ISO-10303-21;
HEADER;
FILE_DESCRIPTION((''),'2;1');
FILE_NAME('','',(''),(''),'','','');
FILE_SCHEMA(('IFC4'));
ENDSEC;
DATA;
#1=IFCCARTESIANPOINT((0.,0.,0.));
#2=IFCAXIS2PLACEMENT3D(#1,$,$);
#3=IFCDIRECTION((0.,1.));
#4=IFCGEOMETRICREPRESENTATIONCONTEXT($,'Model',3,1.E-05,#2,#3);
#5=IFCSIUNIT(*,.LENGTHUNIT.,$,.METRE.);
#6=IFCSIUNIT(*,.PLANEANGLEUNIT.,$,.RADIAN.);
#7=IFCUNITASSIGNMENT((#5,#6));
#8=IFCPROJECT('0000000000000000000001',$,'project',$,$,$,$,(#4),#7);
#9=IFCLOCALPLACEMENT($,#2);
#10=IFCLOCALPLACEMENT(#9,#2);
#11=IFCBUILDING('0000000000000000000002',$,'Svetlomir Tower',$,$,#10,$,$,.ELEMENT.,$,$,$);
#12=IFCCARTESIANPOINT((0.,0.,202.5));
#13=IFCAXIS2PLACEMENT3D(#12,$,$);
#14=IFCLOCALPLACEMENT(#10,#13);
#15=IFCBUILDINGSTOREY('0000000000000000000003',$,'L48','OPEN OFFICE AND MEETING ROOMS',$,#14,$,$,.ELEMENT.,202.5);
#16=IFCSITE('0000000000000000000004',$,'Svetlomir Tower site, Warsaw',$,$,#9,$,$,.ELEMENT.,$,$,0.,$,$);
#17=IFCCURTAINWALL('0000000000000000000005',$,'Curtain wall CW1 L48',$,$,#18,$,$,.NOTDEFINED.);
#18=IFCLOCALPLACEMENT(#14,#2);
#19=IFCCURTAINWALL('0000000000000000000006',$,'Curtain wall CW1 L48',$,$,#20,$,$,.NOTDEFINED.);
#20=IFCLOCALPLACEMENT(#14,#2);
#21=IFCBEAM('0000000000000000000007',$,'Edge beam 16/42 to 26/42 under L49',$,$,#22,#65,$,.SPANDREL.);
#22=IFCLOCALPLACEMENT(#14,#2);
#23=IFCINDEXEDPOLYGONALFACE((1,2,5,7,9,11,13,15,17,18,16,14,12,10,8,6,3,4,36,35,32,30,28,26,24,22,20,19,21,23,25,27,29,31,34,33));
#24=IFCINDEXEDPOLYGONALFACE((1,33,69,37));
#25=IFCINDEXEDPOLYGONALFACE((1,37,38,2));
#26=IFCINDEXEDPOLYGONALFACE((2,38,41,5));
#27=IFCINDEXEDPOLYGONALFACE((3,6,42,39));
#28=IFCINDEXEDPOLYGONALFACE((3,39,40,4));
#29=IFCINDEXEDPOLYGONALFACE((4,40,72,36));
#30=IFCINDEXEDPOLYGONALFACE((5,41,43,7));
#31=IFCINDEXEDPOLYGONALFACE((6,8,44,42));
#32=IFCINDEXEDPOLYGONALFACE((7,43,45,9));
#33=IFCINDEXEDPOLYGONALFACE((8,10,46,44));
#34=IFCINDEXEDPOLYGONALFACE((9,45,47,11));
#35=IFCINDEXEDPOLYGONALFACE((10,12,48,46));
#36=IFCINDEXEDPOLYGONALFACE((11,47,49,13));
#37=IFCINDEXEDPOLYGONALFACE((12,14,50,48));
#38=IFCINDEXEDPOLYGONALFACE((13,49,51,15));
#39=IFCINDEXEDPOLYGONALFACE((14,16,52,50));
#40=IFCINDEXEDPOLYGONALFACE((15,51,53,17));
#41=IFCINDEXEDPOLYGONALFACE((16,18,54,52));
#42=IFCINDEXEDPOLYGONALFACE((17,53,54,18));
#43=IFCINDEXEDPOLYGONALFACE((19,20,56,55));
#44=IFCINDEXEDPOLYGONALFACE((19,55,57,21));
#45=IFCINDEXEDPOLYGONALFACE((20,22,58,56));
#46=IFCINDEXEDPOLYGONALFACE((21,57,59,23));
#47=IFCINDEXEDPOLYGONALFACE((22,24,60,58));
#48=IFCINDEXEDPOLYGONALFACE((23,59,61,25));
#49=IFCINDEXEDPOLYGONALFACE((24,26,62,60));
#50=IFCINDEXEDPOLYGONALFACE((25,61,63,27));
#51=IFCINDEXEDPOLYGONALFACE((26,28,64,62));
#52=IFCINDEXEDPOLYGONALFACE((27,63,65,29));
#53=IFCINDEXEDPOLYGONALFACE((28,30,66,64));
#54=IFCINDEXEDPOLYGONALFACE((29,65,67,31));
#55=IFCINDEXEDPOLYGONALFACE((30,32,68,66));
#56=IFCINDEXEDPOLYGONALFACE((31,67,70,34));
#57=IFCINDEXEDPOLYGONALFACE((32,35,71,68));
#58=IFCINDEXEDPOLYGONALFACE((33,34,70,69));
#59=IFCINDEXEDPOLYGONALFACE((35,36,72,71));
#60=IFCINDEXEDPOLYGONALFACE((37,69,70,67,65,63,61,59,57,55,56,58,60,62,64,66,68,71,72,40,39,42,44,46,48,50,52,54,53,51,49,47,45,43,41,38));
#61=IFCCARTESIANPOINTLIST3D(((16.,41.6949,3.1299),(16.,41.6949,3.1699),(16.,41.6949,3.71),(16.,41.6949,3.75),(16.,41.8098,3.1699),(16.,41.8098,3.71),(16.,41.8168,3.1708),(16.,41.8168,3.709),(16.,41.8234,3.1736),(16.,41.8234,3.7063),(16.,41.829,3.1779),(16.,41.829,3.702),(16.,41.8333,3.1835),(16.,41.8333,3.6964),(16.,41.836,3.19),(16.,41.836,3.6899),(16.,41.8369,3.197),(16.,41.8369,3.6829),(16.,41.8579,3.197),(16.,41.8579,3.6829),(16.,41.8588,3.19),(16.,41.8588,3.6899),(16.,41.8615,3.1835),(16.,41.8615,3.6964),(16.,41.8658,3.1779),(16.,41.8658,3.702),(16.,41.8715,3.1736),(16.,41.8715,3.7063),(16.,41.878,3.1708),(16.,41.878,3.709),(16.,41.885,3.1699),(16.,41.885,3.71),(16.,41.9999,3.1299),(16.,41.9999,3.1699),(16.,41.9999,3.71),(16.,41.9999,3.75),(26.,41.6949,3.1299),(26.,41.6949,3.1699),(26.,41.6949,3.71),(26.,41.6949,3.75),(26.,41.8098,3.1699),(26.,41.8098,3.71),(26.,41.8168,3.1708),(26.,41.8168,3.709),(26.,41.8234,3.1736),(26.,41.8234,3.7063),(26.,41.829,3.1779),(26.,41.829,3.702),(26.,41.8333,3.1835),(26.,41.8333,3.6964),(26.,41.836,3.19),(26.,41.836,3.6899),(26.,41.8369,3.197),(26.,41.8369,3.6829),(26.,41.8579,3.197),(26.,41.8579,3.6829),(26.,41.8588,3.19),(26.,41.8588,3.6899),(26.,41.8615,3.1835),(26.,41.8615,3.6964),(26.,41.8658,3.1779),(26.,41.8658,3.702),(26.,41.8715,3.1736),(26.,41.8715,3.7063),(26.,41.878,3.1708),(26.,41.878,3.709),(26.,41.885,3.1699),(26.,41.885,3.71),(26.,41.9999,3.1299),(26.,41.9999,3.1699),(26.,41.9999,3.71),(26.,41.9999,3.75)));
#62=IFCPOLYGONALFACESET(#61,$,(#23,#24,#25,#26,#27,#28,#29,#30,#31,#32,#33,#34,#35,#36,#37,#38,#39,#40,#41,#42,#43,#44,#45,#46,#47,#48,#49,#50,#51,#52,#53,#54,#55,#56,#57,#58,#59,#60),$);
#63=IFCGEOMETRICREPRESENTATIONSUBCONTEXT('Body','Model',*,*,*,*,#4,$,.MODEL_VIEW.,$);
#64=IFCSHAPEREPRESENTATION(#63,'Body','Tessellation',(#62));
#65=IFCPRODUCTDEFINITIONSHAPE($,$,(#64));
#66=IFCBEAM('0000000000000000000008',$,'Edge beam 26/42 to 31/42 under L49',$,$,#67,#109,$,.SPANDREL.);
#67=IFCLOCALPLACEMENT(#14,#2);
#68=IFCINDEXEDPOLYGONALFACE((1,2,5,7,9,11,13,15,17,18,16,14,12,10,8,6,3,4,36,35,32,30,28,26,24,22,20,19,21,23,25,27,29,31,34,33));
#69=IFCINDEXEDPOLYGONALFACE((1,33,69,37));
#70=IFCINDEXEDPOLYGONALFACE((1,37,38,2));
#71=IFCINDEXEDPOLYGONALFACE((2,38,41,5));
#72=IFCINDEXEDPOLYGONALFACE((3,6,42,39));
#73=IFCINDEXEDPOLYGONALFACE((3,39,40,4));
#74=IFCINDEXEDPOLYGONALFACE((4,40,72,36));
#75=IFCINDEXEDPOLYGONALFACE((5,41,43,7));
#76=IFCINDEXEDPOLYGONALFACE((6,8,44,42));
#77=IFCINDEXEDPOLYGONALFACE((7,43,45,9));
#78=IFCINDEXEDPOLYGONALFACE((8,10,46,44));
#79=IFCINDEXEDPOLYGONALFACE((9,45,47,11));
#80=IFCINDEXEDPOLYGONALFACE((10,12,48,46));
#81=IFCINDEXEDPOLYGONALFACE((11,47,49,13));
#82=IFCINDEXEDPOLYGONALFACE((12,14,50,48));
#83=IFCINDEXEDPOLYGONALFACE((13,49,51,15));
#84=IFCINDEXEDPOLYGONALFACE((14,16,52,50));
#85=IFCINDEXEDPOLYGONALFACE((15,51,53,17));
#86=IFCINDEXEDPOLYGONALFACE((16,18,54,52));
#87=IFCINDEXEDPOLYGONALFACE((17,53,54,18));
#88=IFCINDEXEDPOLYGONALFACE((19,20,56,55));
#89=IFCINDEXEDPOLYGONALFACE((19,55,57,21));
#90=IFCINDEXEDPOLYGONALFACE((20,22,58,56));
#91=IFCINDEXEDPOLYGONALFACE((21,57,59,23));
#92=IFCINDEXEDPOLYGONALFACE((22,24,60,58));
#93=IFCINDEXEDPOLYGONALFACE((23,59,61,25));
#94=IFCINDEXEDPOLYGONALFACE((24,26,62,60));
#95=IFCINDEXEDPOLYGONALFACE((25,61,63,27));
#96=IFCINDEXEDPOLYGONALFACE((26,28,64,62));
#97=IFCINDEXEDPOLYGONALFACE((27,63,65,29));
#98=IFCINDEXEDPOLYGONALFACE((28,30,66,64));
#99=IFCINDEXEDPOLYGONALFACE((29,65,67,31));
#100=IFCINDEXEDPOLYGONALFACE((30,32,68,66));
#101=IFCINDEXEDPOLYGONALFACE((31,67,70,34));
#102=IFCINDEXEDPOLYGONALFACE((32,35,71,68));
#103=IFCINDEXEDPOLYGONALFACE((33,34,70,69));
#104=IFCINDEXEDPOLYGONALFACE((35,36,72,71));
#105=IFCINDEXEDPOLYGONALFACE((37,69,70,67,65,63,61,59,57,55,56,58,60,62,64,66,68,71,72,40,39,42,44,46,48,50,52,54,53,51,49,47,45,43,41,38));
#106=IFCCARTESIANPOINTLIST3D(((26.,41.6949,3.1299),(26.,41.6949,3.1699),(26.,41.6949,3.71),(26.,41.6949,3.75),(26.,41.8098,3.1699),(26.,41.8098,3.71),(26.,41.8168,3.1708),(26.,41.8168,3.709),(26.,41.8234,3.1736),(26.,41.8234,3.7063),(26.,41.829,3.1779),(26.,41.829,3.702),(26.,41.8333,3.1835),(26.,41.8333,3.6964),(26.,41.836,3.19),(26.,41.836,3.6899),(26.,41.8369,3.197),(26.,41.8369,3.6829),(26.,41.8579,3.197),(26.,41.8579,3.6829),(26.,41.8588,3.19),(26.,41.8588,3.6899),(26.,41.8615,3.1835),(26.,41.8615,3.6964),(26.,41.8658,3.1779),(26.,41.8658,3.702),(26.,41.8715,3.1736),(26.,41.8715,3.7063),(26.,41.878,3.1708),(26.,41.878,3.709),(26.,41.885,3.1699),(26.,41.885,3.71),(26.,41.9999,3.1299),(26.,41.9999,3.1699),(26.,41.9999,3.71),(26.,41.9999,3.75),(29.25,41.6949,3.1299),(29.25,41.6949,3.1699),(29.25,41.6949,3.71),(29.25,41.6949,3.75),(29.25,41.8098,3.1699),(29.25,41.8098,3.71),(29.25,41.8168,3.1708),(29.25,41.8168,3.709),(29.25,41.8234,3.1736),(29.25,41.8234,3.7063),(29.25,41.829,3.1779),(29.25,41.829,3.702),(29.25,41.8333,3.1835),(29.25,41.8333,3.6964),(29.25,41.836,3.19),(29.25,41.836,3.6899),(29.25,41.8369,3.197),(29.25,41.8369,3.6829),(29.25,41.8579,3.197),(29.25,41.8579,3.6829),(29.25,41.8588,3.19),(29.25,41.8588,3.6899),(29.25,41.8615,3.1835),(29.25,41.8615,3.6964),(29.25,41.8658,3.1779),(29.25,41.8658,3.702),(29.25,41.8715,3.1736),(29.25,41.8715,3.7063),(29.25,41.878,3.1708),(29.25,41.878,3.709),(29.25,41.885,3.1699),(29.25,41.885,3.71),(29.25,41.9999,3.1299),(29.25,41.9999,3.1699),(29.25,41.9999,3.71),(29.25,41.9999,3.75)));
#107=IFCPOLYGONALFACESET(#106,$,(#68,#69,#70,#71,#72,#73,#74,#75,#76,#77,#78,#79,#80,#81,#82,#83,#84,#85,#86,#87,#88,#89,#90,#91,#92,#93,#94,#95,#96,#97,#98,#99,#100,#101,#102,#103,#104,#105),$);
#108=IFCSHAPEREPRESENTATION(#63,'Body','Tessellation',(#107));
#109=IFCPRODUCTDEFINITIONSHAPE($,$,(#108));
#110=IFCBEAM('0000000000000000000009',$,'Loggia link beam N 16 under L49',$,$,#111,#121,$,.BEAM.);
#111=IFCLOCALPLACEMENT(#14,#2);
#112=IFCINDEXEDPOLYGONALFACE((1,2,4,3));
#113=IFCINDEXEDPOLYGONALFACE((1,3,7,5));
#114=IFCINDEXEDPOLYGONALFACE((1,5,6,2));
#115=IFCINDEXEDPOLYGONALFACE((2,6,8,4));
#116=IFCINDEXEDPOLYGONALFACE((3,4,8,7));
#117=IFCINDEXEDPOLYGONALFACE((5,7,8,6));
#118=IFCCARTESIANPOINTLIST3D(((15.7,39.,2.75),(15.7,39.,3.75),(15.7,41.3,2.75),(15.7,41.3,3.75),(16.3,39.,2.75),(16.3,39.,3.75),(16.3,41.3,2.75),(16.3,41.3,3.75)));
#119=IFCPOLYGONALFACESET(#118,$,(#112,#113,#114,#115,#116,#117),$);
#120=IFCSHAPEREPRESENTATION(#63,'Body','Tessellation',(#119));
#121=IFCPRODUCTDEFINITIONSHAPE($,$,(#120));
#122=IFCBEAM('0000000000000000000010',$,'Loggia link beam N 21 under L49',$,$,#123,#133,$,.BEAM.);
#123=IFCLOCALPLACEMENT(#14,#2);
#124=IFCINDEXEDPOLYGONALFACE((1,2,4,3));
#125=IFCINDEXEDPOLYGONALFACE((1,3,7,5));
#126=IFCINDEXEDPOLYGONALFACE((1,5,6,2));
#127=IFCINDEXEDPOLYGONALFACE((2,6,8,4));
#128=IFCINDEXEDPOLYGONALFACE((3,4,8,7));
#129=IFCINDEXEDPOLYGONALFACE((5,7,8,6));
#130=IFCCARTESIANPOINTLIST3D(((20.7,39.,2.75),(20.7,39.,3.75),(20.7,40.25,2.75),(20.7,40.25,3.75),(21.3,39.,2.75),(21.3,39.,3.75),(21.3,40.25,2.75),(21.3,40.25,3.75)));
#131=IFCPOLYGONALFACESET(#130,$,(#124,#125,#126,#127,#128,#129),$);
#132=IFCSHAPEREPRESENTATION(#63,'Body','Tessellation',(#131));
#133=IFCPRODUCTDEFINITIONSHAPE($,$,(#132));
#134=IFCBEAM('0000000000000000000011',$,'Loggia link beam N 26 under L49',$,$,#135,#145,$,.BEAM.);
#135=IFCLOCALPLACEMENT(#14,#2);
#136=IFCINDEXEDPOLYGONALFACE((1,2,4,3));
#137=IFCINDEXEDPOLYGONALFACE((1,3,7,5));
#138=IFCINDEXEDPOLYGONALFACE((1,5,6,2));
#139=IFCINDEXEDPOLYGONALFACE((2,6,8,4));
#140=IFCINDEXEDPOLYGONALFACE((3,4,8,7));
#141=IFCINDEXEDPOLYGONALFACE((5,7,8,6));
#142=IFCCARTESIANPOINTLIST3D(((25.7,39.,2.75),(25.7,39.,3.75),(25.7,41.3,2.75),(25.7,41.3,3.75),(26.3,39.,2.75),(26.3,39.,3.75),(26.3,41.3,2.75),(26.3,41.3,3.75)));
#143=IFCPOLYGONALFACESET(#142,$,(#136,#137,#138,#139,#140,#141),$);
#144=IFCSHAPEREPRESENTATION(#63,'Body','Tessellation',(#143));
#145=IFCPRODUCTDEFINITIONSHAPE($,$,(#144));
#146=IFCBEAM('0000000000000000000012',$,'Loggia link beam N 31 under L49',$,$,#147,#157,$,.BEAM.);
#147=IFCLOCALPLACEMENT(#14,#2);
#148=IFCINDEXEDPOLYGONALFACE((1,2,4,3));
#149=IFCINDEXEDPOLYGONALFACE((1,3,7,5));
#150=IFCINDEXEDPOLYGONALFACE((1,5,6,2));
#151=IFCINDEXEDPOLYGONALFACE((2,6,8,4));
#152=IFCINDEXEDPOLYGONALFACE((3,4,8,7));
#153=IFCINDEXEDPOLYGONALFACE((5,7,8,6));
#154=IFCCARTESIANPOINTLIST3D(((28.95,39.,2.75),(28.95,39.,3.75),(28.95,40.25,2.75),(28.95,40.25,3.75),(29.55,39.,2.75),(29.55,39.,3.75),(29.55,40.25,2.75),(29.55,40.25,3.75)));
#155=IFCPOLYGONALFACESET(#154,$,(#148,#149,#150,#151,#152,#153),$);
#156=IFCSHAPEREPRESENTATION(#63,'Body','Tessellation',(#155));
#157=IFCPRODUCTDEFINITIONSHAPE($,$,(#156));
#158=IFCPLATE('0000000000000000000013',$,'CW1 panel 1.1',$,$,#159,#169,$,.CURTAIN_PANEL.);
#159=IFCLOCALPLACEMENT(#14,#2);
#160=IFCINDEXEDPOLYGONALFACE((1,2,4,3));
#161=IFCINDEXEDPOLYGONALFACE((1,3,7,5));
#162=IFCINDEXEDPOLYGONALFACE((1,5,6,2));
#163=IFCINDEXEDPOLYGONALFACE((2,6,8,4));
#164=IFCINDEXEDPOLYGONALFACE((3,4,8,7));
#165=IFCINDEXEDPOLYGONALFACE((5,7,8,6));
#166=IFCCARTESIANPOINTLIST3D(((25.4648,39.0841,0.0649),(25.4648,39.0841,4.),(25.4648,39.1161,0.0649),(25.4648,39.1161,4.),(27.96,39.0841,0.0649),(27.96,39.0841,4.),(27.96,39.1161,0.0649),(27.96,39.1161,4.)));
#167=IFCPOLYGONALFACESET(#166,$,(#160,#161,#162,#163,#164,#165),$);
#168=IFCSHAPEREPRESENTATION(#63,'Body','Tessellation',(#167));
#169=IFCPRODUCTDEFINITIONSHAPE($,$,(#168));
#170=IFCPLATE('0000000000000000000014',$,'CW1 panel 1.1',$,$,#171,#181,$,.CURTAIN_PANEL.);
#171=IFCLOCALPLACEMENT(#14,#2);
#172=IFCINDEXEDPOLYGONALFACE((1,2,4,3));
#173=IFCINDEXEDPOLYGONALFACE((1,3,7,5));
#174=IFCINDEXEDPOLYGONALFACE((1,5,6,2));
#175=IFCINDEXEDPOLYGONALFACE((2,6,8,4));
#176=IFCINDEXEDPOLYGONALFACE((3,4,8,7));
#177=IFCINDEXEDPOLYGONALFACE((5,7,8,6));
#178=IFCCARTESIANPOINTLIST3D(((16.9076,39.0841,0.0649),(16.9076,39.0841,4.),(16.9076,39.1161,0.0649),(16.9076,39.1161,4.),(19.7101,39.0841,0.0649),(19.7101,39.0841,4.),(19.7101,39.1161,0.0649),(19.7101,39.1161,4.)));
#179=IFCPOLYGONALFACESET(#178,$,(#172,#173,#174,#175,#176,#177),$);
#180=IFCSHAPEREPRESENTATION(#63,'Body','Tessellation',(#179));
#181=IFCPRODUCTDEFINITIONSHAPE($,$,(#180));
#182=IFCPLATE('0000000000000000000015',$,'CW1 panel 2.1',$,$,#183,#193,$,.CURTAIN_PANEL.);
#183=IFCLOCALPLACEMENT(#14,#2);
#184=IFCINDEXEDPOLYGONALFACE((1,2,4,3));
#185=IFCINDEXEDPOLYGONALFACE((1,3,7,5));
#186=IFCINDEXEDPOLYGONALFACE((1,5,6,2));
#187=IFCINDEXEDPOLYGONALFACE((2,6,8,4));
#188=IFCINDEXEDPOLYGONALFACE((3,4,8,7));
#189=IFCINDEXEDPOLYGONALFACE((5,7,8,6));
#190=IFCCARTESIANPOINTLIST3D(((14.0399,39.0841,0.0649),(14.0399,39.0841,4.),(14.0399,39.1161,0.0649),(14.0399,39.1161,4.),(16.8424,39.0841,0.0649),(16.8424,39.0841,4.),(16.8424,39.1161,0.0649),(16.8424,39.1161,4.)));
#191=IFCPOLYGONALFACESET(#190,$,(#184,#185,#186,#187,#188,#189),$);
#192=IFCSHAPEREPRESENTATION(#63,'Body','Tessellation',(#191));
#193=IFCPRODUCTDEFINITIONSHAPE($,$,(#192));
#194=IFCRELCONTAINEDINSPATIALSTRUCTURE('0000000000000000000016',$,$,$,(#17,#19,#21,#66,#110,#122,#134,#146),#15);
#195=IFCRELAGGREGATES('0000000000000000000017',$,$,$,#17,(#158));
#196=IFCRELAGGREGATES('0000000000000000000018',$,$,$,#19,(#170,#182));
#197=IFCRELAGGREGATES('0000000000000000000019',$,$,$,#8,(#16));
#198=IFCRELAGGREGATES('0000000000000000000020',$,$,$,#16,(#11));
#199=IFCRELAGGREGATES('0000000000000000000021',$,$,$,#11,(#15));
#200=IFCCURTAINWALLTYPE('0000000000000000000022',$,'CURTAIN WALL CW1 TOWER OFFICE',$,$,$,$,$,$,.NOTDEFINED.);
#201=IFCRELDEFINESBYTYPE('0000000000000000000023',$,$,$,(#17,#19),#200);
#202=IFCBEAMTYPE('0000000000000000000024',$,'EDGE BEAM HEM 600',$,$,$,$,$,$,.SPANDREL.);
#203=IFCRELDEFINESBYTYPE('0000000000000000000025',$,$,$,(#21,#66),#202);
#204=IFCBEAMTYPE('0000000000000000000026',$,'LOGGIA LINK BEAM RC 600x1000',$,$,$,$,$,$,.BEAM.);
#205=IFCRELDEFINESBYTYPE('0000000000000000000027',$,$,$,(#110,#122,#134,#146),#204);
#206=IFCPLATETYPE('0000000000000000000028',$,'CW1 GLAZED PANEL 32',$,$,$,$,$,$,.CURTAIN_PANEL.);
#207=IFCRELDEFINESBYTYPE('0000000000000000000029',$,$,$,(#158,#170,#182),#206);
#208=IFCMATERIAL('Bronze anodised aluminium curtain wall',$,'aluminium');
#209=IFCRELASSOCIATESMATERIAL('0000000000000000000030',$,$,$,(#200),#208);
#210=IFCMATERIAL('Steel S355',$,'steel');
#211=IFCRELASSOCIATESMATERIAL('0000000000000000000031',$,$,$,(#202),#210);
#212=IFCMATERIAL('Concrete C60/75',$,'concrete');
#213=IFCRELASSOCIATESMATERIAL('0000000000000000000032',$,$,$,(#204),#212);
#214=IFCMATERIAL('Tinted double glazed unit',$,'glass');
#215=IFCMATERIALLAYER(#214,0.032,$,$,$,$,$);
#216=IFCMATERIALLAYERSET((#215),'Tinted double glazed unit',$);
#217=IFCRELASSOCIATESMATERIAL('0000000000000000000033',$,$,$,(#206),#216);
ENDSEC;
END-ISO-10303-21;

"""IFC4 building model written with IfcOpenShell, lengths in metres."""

from ifc_helpers import new_model, si_unit, direction, frame, origin, origin_2d, place, context, subcontext, project, spatial, rectangle, i_section, extrude, material, layer, layer_set, material_profile, profile_set, type_object, element, aggregate, save


model = new_model("IFC4")

# Units and contexts
model_context = context("Model", 3, precision=1e-05, world=origin(), true_north=direction((0.0, 1.0)))
body_context = subcontext(model_context, "Body", "Model", "MODEL_VIEW")
ifc_project = project(units=[si_unit("LENGTHUNIT", "METRE"), si_unit("PLANEANGLEUNIT", "RADIAN")], contexts=[model_context])

# Site, building, storey
site_placement = place(None, origin())
site = spatial("IfcSite", under=ifc_project, at=site_placement, Name="Svetlomir Tower site, Warsaw", CompositionType="ELEMENT", RefElevation=0.0)
building_placement = place(site_placement, origin())
building = spatial("IfcBuilding", under=site, at=building_placement, Name="Svetlomir Tower", CompositionType="ELEMENT")
storey_placement = place(building_placement, frame((0.0, 0.0, 202.5)))
storey = spatial("IfcBuildingStorey", under=building, at=storey_placement, Name="L48", Description="OPEN OFFICE AND MEETING ROOMS", CompositionType="ELEMENT", Elevation=202.5)

# Shared definitions
ifc_material_1 = material(Name="Bronze anodised aluminium curtain wall", Category="aluminium")
curtain_wall_type = type_object("IfcCurtainWallType", Name="CURTAIN WALL CW1 TOWER OFFICE", PredefinedType="NOTDEFINED", material=ifc_material_1)

# Curtain walls
curtain_wall_1_placement = place(storey_placement, origin())
curtain_wall_1 = element("IfcCurtainWall", 1, at=curtain_wall_1_placement, inside=storey, type_object=curtain_wall_type, Name="Curtain wall CW1 L48", PredefinedType="NOTDEFINED")
curtain_wall_2_placement = place(storey_placement, origin())
curtain_wall_2 = element("IfcCurtainWall", 2, at=curtain_wall_2_placement, inside=storey, type_object=curtain_wall_type, Name="Curtain wall CW1 L48", PredefinedType="NOTDEFINED")

# Beams
ifc_material_2 = material(Name="Steel S355", Category="steel")
ifc_material_profile_1 = material_profile(ifc_material_2, i_section(OverallWidth=0.3049, OverallDepth=0.6201, WebThickness=0.021, FlangeThickness=0.04, FilletRadius=0.0271, at=origin_2d()), Name="HEM 600")
ifc_profile_set_1 = profile_set([ifc_material_profile_1], Name="Steel S355")
beam_type_1 = type_object("IfcBeamType", Name="EDGE BEAM HEM 600", PredefinedType="SPANDREL", material=ifc_profile_set_1)
beam_1_placement = place(storey_placement, frame((16.0, 41.8474, 3.4399), z_axis=(1.0, 0.0, 0.0), x_axis=(0.0, 1.0, 0.0)))
element("IfcBeam", 3, at=beam_1_placement, inside=storey, type_object=beam_type_1, Name="Edge beam 16/42 to 26/42 under L49", PredefinedType="SPANDREL", context=body_context, shape_type="SweptSolid", body=[
    extrude(i_section(OverallWidth=0.3049, OverallDepth=0.6201, WebThickness=0.021, FlangeThickness=0.04, FilletRadius=0.0271, at=origin_2d()), origin(), (0.0, 0.0, 1.0), 10.0),
])
beam_2_placement = place(storey_placement, frame((26.0, 41.8474, 3.4399), z_axis=(1.0, 0.0, 0.0), x_axis=(0.0, 1.0, 0.0)))
element("IfcBeam", 4, at=beam_2_placement, inside=storey, type_object=beam_type_1, Name="Edge beam 26/42 to 31/42 under L49", PredefinedType="SPANDREL", context=body_context, shape_type="SweptSolid", body=[
    extrude(i_section(OverallWidth=0.3049, OverallDepth=0.6201, WebThickness=0.021, FlangeThickness=0.04, FilletRadius=0.0271, at=origin_2d()), origin(), (0.0, 0.0, 1.0), 3.25),
])
ifc_material_3 = material(Name="Concrete C60/75", Category="concrete")
ifc_material_profile_2 = material_profile(ifc_material_3, rectangle(XDim=0.6001, YDim=1.0, at=origin_2d()), Name="RC 600x1000")
ifc_profile_set_2 = profile_set([ifc_material_profile_2], Name="Concrete C60/75")
beam_type_2 = type_object("IfcBeamType", Name="LOGGIA LINK BEAM RC 600x1000", PredefinedType="BEAM", material=ifc_profile_set_2)
beam_3_placement = place(storey_placement, frame((16.0, 41.3, 3.25), z_axis=(0.0, -1.0, 0.0), x_axis=(1.0, 0.0, 0.0)))
element("IfcBeam", 5, at=beam_3_placement, inside=storey, type_object=beam_type_2, Name="Loggia link beam N 16 under L49", PredefinedType="BEAM", context=body_context, shape_type="SweptSolid", body=[
    extrude(rectangle(XDim=0.6001, YDim=1.0, at=origin_2d()), origin(), (0.0, 0.0, 1.0), 2.3),
])
beam_4_placement = place(storey_placement, frame((21.0, 40.25, 3.25), z_axis=(0.0, -1.0, 0.0), x_axis=(1.0, 0.0, 0.0)))
element("IfcBeam", 6, at=beam_4_placement, inside=storey, type_object=beam_type_2, Name="Loggia link beam N 21 under L49", PredefinedType="BEAM", context=body_context, shape_type="SweptSolid", body=[
    extrude(rectangle(XDim=0.6001, YDim=1.0, at=origin_2d()), origin(), (0.0, 0.0, 1.0), 1.25),
])
beam_5_placement = place(storey_placement, frame((26.0, 41.3, 3.25), z_axis=(0.0, -1.0, 0.0), x_axis=(1.0, 0.0, 0.0)))
element("IfcBeam", 7, at=beam_5_placement, inside=storey, type_object=beam_type_2, Name="Loggia link beam N 26 under L49", PredefinedType="BEAM", context=body_context, shape_type="SweptSolid", body=[
    extrude(rectangle(XDim=0.6001, YDim=1.0, at=origin_2d()), origin(), (0.0, 0.0, 1.0), 2.3),
])
beam_6_placement = place(storey_placement, frame((29.25, 40.25, 3.25), z_axis=(0.0, -1.0, 0.0), x_axis=(1.0, 0.0, 0.0)))
element("IfcBeam", 8, at=beam_6_placement, inside=storey, type_object=beam_type_2, Name="Loggia link beam N 31 under L49", PredefinedType="BEAM", context=body_context, shape_type="SweptSolid", body=[
    extrude(rectangle(XDim=0.6001, YDim=1.0, at=origin_2d()), origin(), (0.0, 0.0, 1.0), 1.25),
])

# Plates
ifc_material_4 = material(Name="Tinted double glazed unit", Category="glass")
ifc_layer_1 = layer(ifc_material_4, 0.032)
ifc_layer_set_1 = layer_set([ifc_layer_1], Name="Tinted double glazed unit")
plate_type = type_object("IfcPlateType", Name="CW1 GLAZED PANEL 32", PredefinedType="CURTAIN_PANEL", material=ifc_layer_set_1)
plate_1_placement = place(storey_placement, frame((26.7124, 39.1001, 0.0649), z_axis=(0.0, 0.0, 1.0), x_axis=(-1.0, 0.0, 0.0)))
plate_1 = element("IfcPlate", 9, at=plate_1_placement, type_object=plate_type, Name="CW1 panel 1.1", PredefinedType="CURTAIN_PANEL", context=body_context, shape_type="SweptSolid", body=[
    extrude(rectangle(XDim=2.4951, YDim=0.032, at=origin_2d()), origin(), (0.0, 0.0, 1.0), 3.9351),
])
aggregate(curtain_wall_1, [plate_1])
plate_2_placement = place(storey_placement, frame((18.3088, 39.1001, 0.0649), z_axis=(0.0, 0.0, 1.0), x_axis=(-1.0, 0.0, 0.0)))
plate_2 = element("IfcPlate", 10, at=plate_2_placement, type_object=plate_type, Name="CW1 panel 1.1", PredefinedType="CURTAIN_PANEL", context=body_context, shape_type="SweptSolid", body=[
    extrude(rectangle(XDim=2.8025, YDim=0.032, at=origin_2d()), origin(), (0.0, 0.0, 1.0), 3.9351),
])
plate_3_placement = place(storey_placement, frame((15.4412, 39.1001, 0.0649), z_axis=(0.0, 0.0, 1.0), x_axis=(-1.0, 0.0, 0.0)))
plate_3 = element("IfcPlate", 11, at=plate_3_placement, type_object=plate_type, Name="CW1 panel 2.1", PredefinedType="CURTAIN_PANEL", context=body_context, shape_type="SweptSolid", body=[
    extrude(rectangle(XDim=2.8025, YDim=0.032, at=origin_2d()), origin(), (0.0, 0.0, 1.0), 3.9351),
])
aggregate(curtain_wall_2, [plate_2, plate_3])

save(model, "model.ifc")
